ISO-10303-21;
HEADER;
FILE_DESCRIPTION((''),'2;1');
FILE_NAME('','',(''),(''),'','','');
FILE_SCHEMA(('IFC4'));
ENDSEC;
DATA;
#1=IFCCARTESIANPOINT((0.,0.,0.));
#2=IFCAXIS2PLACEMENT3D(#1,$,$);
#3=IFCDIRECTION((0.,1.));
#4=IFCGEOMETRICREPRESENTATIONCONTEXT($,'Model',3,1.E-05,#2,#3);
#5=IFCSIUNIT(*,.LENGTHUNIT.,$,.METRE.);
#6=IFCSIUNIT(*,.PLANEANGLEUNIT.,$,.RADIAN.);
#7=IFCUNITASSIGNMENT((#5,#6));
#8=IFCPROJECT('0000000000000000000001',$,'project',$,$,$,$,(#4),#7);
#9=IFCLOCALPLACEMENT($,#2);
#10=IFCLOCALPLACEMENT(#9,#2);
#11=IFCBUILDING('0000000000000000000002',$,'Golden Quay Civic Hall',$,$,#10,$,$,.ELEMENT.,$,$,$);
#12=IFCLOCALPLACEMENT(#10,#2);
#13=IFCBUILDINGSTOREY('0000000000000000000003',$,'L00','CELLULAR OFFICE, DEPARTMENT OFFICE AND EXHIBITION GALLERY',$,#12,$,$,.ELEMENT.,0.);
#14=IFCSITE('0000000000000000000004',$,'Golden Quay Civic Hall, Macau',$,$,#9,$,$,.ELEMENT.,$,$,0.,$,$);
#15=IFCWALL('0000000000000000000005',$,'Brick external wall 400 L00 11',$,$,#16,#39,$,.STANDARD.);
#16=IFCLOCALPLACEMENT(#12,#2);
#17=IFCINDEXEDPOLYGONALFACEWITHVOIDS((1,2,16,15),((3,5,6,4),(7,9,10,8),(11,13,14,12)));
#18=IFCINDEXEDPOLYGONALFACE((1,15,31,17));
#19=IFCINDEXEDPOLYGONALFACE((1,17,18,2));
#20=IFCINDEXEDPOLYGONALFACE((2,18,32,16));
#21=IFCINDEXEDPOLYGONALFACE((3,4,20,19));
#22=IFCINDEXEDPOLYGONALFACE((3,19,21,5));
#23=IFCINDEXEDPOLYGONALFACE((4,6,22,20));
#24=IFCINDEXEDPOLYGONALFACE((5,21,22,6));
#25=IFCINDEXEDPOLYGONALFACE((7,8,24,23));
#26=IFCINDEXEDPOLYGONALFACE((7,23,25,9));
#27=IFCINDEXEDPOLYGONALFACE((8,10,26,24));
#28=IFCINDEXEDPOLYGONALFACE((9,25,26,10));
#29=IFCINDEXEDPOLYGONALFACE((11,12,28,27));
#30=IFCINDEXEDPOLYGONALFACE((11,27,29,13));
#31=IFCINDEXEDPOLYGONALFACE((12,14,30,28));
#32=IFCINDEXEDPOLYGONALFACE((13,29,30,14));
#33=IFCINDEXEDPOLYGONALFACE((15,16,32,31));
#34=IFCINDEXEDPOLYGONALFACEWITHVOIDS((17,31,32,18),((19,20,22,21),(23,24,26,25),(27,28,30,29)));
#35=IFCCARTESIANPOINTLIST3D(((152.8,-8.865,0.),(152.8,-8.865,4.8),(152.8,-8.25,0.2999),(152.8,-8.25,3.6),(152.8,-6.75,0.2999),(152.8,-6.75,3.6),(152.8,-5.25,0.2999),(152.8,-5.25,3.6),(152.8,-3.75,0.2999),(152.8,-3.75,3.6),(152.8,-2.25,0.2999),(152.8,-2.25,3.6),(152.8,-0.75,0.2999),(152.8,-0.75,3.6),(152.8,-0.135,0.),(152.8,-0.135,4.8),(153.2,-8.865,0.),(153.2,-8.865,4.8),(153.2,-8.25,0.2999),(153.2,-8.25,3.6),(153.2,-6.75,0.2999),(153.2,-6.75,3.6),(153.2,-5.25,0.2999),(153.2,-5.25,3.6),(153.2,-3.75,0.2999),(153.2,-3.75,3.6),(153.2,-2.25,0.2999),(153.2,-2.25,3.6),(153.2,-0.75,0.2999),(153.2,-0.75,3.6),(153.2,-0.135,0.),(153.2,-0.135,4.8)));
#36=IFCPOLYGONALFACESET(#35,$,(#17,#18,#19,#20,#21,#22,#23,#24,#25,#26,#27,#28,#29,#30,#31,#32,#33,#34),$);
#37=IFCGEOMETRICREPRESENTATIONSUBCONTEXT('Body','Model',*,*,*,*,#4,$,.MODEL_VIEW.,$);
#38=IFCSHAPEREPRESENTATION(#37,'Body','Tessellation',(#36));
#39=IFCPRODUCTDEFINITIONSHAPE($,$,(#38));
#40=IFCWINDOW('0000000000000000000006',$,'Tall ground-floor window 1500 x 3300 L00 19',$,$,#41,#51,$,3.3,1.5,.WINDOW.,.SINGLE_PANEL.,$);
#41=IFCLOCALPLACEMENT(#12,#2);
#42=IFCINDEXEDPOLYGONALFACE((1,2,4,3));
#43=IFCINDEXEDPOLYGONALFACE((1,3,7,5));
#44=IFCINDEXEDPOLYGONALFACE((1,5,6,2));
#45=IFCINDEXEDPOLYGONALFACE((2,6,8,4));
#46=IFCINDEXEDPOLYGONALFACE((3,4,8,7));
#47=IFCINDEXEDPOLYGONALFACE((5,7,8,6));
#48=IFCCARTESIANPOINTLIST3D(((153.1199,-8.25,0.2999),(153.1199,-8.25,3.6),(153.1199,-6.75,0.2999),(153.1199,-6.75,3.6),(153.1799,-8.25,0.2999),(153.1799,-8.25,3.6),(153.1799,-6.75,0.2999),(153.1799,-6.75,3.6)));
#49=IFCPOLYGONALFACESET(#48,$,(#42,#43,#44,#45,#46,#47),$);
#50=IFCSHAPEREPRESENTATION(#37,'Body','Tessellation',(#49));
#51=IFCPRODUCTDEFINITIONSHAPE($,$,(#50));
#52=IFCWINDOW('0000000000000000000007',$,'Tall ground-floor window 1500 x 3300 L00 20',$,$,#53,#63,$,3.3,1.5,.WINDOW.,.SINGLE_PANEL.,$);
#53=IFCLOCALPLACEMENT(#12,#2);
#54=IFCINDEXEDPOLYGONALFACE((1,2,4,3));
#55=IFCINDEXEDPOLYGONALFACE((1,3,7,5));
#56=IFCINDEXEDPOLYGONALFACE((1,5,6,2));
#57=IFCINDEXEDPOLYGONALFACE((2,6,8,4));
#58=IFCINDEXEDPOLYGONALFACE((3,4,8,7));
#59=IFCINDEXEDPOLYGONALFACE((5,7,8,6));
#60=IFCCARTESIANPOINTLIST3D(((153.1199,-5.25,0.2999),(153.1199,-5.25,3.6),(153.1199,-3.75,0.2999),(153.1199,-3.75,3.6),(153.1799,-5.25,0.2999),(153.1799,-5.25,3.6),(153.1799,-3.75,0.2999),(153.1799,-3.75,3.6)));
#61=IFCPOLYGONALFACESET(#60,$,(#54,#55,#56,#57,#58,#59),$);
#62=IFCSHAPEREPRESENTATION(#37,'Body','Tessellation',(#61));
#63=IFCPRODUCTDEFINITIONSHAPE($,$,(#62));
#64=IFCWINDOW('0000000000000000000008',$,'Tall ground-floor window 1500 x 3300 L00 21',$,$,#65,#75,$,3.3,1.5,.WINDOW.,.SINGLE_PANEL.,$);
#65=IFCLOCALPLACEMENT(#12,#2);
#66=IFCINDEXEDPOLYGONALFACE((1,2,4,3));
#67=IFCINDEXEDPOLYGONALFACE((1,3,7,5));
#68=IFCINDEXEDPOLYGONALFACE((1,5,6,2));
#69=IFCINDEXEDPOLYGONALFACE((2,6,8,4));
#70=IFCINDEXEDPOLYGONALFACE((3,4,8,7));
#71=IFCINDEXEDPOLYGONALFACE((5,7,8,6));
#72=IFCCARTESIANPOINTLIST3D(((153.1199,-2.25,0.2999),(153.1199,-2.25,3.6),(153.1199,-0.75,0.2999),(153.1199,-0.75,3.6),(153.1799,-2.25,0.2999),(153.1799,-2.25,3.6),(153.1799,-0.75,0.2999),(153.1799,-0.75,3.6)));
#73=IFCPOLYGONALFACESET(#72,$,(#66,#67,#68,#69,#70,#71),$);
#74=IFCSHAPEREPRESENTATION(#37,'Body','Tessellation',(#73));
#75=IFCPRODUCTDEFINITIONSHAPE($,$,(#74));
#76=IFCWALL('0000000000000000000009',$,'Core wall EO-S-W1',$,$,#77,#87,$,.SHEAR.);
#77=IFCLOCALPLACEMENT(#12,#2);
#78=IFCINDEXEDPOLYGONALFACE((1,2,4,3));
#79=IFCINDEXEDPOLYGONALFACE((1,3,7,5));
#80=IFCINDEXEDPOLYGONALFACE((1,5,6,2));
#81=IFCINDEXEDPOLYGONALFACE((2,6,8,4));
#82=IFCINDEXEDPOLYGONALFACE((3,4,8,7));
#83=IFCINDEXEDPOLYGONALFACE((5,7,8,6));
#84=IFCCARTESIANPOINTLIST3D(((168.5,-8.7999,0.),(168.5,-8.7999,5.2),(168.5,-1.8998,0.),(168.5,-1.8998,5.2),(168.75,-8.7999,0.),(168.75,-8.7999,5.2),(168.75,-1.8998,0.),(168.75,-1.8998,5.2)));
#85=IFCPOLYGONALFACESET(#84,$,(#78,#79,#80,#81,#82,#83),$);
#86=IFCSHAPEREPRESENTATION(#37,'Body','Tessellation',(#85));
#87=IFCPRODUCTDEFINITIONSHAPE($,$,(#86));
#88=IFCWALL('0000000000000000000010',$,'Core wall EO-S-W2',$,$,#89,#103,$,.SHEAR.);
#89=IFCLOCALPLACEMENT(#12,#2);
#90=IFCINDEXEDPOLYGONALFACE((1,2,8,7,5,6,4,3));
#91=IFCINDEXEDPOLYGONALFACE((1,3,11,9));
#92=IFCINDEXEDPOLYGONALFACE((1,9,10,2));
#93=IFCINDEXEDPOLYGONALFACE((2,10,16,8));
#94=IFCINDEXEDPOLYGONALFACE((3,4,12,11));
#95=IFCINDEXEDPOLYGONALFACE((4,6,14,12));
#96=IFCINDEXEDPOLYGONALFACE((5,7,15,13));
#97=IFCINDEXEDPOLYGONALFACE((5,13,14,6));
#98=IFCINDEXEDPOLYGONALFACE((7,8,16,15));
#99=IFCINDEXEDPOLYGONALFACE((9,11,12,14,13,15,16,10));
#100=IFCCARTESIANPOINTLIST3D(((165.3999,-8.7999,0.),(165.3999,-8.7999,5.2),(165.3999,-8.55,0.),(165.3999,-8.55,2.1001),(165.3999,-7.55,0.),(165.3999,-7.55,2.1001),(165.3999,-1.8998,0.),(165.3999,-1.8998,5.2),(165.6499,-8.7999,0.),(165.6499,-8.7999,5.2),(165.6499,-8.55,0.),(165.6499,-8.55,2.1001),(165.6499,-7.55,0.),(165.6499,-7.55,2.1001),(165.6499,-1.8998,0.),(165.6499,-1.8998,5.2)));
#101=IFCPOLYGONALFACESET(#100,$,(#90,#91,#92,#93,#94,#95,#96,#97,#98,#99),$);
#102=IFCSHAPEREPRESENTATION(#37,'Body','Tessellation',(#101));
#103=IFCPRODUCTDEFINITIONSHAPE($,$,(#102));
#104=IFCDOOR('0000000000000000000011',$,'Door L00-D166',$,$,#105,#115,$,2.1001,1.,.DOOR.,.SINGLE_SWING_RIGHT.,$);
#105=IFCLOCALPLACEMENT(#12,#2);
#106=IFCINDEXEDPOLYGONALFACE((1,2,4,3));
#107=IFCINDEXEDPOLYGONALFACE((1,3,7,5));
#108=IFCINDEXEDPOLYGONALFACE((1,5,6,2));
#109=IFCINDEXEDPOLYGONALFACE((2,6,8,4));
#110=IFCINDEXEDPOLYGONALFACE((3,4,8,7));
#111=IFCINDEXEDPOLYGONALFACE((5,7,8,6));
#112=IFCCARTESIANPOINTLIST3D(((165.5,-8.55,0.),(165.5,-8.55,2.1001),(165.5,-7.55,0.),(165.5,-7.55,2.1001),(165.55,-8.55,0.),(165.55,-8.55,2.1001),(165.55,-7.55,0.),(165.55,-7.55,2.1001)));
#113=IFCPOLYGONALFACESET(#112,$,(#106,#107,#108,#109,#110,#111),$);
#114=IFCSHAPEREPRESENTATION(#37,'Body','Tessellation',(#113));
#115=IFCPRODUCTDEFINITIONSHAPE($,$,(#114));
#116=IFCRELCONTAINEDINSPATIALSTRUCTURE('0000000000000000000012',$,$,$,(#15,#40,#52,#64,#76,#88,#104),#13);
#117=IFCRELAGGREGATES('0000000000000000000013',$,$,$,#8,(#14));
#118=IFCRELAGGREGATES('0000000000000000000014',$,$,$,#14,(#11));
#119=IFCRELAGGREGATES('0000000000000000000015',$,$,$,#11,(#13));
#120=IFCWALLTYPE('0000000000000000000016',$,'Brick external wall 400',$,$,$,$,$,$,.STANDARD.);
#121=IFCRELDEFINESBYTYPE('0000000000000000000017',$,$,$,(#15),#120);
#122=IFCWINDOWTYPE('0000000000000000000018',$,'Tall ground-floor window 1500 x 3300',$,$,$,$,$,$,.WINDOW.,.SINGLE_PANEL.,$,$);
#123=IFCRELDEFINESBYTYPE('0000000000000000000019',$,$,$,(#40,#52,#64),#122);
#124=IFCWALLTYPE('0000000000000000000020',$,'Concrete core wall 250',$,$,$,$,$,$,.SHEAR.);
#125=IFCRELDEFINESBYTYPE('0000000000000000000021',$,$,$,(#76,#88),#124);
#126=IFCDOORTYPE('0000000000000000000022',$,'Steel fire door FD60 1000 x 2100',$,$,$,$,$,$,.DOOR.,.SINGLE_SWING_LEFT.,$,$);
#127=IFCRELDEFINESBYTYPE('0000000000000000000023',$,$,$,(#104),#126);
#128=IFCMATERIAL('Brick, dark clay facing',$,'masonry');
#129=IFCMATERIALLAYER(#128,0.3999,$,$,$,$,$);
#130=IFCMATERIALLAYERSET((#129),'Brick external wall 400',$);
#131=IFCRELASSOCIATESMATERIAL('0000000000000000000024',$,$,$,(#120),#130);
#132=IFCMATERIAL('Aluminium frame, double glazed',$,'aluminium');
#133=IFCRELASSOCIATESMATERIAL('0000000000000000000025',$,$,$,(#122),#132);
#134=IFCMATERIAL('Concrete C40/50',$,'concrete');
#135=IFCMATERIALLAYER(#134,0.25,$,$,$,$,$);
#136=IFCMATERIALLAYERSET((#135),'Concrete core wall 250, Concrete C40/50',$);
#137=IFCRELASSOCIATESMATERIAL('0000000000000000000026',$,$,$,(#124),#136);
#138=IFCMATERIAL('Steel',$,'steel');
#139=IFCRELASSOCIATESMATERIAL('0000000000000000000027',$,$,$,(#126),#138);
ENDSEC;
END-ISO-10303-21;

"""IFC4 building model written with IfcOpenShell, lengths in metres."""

from ifc_helpers import new_model, si_unit, direction, frame, frame_2d, origin, place, context, subcontext, project, spatial, rectangle, extrude, material, layer, layer_set, type_object, element, fill, save


model = new_model("IFC4")

# Units and contexts
model_context = context("Model", 3, precision=1e-05, world=origin(), true_north=direction((0.0, 1.0)))
body_context = subcontext(model_context, "Body", "Model", "MODEL_VIEW")
ifc_project = project(units=[si_unit("LENGTHUNIT", "METRE"), si_unit("PLANEANGLEUNIT", "RADIAN")], contexts=[model_context])

# Site, building, storey
site_placement = place(None, origin())
site = spatial("IfcSite", under=ifc_project, at=site_placement, Name="Golden Quay Civic Hall, Macau", CompositionType="ELEMENT", RefElevation=0.0)
building_placement = place(site_placement, origin())
building = spatial("IfcBuilding", under=site, at=building_placement, Name="Golden Quay Civic Hall", CompositionType="ELEMENT")
storey_placement = place(building_placement, origin())
storey = spatial("IfcBuildingStorey", under=building, at=storey_placement, Name="L00", Description="CELLULAR OFFICE, DEPARTMENT OFFICE AND EXHIBITION GALLERY", CompositionType="ELEMENT", Elevation=0.0)

# Wall, openings, windows
ifc_material_1 = material(Name="Brick, dark clay facing", Category="masonry")
ifc_layer_1 = layer(ifc_material_1, 0.3999)
ifc_layer_set_1 = layer_set([ifc_layer_1], Name="Brick external wall 400")
wall_type_1 = type_object("IfcWallType", Name="Brick external wall 400", PredefinedType="STANDARD", material=ifc_layer_set_1)
wall_1_placement = place(storey_placement, frame((153.0, -8.865, 0.0), z_axis=(0.0, 0.0, 1.0), x_axis=(0.0, 1.0, 0.0)))
wall_1 = element("IfcWall", 1, at=wall_1_placement, inside=storey, type_object=wall_type_1, Name="Brick external wall 400 L00 11", PredefinedType="STANDARD", context=body_context, shape_type="SweptSolid", body=[
    extrude(rectangle(XDim=8.73, YDim=0.3999, at=frame_2d((4.365, 0.0))), origin(), (0.0, 0.0, 1.0), 4.8),
])
opening_1_placement = place(wall_1_placement, frame((0.615, 0.0, 0.3)))
opening_1 = element("IfcOpeningElement", 2, at=opening_1_placement, cuts=wall_1, PredefinedType="OPENING", context=body_context, shape_type="SweptSolid", body=[
    extrude(rectangle(XDim=1.5, YDim=3.3, at=frame_2d((0.75, 1.6499))), frame((0.0, 0.21, 0.0), z_axis=(0.0, -1.0, 0.0), x_axis=(1.0, 0.0, 0.0)), (0.0, 0.0, 1.0), 0.4199),
])
opening_2_placement = place(wall_1_placement, frame((3.615, 0.0, 0.3)))
opening_2 = element("IfcOpeningElement", 3, at=opening_2_placement, cuts=wall_1, PredefinedType="OPENING", context=body_context, shape_type="SweptSolid", body=[
    extrude(rectangle(XDim=1.5, YDim=3.3, at=frame_2d((0.75, 1.6499))), frame((0.0, 0.21, 0.0), z_axis=(0.0, -1.0, 0.0), x_axis=(1.0, 0.0, 0.0)), (0.0, 0.0, 1.0), 0.4199),
])
opening_3_placement = place(wall_1_placement, frame((6.615, 0.0, 0.3)))
opening_3 = element("IfcOpeningElement", 4, at=opening_3_placement, cuts=wall_1, PredefinedType="OPENING", context=body_context, shape_type="SweptSolid", body=[
    extrude(rectangle(XDim=1.5, YDim=3.3, at=frame_2d((0.75, 1.6499))), frame((0.0, 0.21, 0.0), z_axis=(0.0, -1.0, 0.0), x_axis=(1.0, 0.0, 0.0)), (0.0, 0.0, 1.0), 0.4199),
])
ifc_material_2 = material(Name="Aluminium frame, double glazed", Category="aluminium")
window_type = type_object("IfcWindowType", Name="Tall ground-floor window 1500 x 3300", PartitioningType="SINGLE_PANEL", PredefinedType="WINDOW", material=ifc_material_2)
window_1_placement = place(opening_1_placement, origin())
window_1 = element("IfcWindow", 5, at=window_1_placement, inside=storey, type_object=window_type, Name="Tall ground-floor window 1500 x 3300 L00 19", OverallHeight=3.3, OverallWidth=1.5, PartitioningType="SINGLE_PANEL", PredefinedType="WINDOW", context=body_context, shape_type="SweptSolid", body=[
    extrude(rectangle(XDim=1.5, YDim=3.3, at=frame_2d((0.75, 1.6499))), frame((0.0, -0.1199, 0.0), z_axis=(0.0, -1.0, 0.0), x_axis=(1.0, 0.0, 0.0)), (0.0, 0.0, 1.0), 0.0601),
])
fill(opening_1, window_1)
window_2_placement = place(opening_2_placement, origin())
window_2 = element("IfcWindow", 6, at=window_2_placement, inside=storey, type_object=window_type, Name="Tall ground-floor window 1500 x 3300 L00 20", OverallHeight=3.3, OverallWidth=1.5, PartitioningType="SINGLE_PANEL", PredefinedType="WINDOW", context=body_context, shape_type="SweptSolid", body=[
    extrude(rectangle(XDim=1.5, YDim=3.3, at=frame_2d((0.75, 1.6499))), frame((0.0, -0.1199, 0.0), z_axis=(0.0, -1.0, 0.0), x_axis=(1.0, 0.0, 0.0)), (0.0, 0.0, 1.0), 0.0601),
])
fill(opening_2, window_2)
window_3_placement = place(opening_3_placement, origin())
window_3 = element("IfcWindow", 7, at=window_3_placement, inside=storey, type_object=window_type, Name="Tall ground-floor window 1500 x 3300 L00 21", OverallHeight=3.3, OverallWidth=1.5, PartitioningType="SINGLE_PANEL", PredefinedType="WINDOW", context=body_context, shape_type="SweptSolid", body=[
    extrude(rectangle(XDim=1.5, YDim=3.3, at=frame_2d((0.75, 1.6499))), frame((0.0, -0.1199, 0.0), z_axis=(0.0, -1.0, 0.0), x_axis=(1.0, 0.0, 0.0)), (0.0, 0.0, 1.0), 0.0601),
])
fill(opening_3, window_3)

# Wall
ifc_material_3 = material(Name="Concrete C40/50", Category="concrete")
ifc_layer_2 = layer(ifc_material_3, 0.25)
ifc_layer_set_2 = layer_set([ifc_layer_2], Name="Concrete core wall 250, Concrete C40/50")
wall_type_2 = type_object("IfcWallType", Name="Concrete core wall 250", PredefinedType="SHEAR", material=ifc_layer_set_2)
wall_2_placement = place(storey_placement, frame((168.625, -8.8, 0.0), z_axis=(0.0, 0.0, 1.0), x_axis=(0.0, 1.0, 0.0)))
element("IfcWall", 8, at=wall_2_placement, inside=storey, type_object=wall_type_2, Name="Core wall EO-S-W1", PredefinedType="SHEAR", context=body_context, shape_type="SweptSolid", body=[
    extrude(rectangle(XDim=6.9001, YDim=0.25, at=frame_2d((3.4502, 0.0))), origin(), (0.0, 0.0, 1.0), 5.2),
])

# Wall, opening, door
wall_3_placement = place(storey_placement, frame((165.5249, -8.8, 0.0), z_axis=(0.0, 0.0, 1.0), x_axis=(0.0, 1.0, 0.0)))
wall_3 = element("IfcWall", 9, at=wall_3_placement, inside=storey, type_object=wall_type_2, Name="Core wall EO-S-W2", PredefinedType="SHEAR", context=body_context, shape_type="SweptSolid", body=[
    extrude(rectangle(XDim=6.9001, YDim=0.25, at=frame_2d((3.4502, 0.0))), origin(), (0.0, 0.0, 1.0), 5.2),
])
opening_4_placement = place(wall_3_placement, frame((0.25, 0.0, 0.0)))
opening_4 = element("IfcOpeningElement", 10, at=opening_4_placement, cuts=wall_3, PredefinedType="OPENING", context=body_context, shape_type="SweptSolid", body=[
    extrude(rectangle(XDim=1.0, YDim=2.1001, at=frame_2d((0.5, 1.05))), frame((0.0, 0.135, 0.0), z_axis=(0.0, -1.0, 0.0), x_axis=(1.0, 0.0, 0.0)), (0.0, 0.0, 1.0), 0.27),
])
ifc_material_4 = material(Name="Steel", Category="steel")
door_type_1 = type_object("IfcDoorType", Name="Steel fire door FD60 1000 x 2100", OperationType="SINGLE_SWING_LEFT", PredefinedType="DOOR", material=ifc_material_4)
door_1_placement = place(opening_4_placement, frame((1.0, 0.0, 0.0), z_axis=(0.0, 0.0, 1.0), x_axis=(-1.0, 0.0, 0.0)))
door_1 = element("IfcDoor", 11, at=door_1_placement, inside=storey, type_object=door_type_1, Name="Door L00-D166", OperationType="SINGLE_SWING_RIGHT", OverallHeight=2.1001, OverallWidth=1.0, PredefinedType="DOOR", context=body_context, shape_type="SweptSolid", body=[
    extrude(rectangle(XDim=1.0, YDim=2.1001, at=frame_2d((0.5, 1.05))), frame((0.0, 0.0251, 0.0), z_axis=(0.0, -1.0, 0.0), x_axis=(1.0, 0.0, 0.0)), (0.0, 0.0, 1.0), 0.05),
])
fill(opening_4, door_1)

save(model, "model.ifc")
